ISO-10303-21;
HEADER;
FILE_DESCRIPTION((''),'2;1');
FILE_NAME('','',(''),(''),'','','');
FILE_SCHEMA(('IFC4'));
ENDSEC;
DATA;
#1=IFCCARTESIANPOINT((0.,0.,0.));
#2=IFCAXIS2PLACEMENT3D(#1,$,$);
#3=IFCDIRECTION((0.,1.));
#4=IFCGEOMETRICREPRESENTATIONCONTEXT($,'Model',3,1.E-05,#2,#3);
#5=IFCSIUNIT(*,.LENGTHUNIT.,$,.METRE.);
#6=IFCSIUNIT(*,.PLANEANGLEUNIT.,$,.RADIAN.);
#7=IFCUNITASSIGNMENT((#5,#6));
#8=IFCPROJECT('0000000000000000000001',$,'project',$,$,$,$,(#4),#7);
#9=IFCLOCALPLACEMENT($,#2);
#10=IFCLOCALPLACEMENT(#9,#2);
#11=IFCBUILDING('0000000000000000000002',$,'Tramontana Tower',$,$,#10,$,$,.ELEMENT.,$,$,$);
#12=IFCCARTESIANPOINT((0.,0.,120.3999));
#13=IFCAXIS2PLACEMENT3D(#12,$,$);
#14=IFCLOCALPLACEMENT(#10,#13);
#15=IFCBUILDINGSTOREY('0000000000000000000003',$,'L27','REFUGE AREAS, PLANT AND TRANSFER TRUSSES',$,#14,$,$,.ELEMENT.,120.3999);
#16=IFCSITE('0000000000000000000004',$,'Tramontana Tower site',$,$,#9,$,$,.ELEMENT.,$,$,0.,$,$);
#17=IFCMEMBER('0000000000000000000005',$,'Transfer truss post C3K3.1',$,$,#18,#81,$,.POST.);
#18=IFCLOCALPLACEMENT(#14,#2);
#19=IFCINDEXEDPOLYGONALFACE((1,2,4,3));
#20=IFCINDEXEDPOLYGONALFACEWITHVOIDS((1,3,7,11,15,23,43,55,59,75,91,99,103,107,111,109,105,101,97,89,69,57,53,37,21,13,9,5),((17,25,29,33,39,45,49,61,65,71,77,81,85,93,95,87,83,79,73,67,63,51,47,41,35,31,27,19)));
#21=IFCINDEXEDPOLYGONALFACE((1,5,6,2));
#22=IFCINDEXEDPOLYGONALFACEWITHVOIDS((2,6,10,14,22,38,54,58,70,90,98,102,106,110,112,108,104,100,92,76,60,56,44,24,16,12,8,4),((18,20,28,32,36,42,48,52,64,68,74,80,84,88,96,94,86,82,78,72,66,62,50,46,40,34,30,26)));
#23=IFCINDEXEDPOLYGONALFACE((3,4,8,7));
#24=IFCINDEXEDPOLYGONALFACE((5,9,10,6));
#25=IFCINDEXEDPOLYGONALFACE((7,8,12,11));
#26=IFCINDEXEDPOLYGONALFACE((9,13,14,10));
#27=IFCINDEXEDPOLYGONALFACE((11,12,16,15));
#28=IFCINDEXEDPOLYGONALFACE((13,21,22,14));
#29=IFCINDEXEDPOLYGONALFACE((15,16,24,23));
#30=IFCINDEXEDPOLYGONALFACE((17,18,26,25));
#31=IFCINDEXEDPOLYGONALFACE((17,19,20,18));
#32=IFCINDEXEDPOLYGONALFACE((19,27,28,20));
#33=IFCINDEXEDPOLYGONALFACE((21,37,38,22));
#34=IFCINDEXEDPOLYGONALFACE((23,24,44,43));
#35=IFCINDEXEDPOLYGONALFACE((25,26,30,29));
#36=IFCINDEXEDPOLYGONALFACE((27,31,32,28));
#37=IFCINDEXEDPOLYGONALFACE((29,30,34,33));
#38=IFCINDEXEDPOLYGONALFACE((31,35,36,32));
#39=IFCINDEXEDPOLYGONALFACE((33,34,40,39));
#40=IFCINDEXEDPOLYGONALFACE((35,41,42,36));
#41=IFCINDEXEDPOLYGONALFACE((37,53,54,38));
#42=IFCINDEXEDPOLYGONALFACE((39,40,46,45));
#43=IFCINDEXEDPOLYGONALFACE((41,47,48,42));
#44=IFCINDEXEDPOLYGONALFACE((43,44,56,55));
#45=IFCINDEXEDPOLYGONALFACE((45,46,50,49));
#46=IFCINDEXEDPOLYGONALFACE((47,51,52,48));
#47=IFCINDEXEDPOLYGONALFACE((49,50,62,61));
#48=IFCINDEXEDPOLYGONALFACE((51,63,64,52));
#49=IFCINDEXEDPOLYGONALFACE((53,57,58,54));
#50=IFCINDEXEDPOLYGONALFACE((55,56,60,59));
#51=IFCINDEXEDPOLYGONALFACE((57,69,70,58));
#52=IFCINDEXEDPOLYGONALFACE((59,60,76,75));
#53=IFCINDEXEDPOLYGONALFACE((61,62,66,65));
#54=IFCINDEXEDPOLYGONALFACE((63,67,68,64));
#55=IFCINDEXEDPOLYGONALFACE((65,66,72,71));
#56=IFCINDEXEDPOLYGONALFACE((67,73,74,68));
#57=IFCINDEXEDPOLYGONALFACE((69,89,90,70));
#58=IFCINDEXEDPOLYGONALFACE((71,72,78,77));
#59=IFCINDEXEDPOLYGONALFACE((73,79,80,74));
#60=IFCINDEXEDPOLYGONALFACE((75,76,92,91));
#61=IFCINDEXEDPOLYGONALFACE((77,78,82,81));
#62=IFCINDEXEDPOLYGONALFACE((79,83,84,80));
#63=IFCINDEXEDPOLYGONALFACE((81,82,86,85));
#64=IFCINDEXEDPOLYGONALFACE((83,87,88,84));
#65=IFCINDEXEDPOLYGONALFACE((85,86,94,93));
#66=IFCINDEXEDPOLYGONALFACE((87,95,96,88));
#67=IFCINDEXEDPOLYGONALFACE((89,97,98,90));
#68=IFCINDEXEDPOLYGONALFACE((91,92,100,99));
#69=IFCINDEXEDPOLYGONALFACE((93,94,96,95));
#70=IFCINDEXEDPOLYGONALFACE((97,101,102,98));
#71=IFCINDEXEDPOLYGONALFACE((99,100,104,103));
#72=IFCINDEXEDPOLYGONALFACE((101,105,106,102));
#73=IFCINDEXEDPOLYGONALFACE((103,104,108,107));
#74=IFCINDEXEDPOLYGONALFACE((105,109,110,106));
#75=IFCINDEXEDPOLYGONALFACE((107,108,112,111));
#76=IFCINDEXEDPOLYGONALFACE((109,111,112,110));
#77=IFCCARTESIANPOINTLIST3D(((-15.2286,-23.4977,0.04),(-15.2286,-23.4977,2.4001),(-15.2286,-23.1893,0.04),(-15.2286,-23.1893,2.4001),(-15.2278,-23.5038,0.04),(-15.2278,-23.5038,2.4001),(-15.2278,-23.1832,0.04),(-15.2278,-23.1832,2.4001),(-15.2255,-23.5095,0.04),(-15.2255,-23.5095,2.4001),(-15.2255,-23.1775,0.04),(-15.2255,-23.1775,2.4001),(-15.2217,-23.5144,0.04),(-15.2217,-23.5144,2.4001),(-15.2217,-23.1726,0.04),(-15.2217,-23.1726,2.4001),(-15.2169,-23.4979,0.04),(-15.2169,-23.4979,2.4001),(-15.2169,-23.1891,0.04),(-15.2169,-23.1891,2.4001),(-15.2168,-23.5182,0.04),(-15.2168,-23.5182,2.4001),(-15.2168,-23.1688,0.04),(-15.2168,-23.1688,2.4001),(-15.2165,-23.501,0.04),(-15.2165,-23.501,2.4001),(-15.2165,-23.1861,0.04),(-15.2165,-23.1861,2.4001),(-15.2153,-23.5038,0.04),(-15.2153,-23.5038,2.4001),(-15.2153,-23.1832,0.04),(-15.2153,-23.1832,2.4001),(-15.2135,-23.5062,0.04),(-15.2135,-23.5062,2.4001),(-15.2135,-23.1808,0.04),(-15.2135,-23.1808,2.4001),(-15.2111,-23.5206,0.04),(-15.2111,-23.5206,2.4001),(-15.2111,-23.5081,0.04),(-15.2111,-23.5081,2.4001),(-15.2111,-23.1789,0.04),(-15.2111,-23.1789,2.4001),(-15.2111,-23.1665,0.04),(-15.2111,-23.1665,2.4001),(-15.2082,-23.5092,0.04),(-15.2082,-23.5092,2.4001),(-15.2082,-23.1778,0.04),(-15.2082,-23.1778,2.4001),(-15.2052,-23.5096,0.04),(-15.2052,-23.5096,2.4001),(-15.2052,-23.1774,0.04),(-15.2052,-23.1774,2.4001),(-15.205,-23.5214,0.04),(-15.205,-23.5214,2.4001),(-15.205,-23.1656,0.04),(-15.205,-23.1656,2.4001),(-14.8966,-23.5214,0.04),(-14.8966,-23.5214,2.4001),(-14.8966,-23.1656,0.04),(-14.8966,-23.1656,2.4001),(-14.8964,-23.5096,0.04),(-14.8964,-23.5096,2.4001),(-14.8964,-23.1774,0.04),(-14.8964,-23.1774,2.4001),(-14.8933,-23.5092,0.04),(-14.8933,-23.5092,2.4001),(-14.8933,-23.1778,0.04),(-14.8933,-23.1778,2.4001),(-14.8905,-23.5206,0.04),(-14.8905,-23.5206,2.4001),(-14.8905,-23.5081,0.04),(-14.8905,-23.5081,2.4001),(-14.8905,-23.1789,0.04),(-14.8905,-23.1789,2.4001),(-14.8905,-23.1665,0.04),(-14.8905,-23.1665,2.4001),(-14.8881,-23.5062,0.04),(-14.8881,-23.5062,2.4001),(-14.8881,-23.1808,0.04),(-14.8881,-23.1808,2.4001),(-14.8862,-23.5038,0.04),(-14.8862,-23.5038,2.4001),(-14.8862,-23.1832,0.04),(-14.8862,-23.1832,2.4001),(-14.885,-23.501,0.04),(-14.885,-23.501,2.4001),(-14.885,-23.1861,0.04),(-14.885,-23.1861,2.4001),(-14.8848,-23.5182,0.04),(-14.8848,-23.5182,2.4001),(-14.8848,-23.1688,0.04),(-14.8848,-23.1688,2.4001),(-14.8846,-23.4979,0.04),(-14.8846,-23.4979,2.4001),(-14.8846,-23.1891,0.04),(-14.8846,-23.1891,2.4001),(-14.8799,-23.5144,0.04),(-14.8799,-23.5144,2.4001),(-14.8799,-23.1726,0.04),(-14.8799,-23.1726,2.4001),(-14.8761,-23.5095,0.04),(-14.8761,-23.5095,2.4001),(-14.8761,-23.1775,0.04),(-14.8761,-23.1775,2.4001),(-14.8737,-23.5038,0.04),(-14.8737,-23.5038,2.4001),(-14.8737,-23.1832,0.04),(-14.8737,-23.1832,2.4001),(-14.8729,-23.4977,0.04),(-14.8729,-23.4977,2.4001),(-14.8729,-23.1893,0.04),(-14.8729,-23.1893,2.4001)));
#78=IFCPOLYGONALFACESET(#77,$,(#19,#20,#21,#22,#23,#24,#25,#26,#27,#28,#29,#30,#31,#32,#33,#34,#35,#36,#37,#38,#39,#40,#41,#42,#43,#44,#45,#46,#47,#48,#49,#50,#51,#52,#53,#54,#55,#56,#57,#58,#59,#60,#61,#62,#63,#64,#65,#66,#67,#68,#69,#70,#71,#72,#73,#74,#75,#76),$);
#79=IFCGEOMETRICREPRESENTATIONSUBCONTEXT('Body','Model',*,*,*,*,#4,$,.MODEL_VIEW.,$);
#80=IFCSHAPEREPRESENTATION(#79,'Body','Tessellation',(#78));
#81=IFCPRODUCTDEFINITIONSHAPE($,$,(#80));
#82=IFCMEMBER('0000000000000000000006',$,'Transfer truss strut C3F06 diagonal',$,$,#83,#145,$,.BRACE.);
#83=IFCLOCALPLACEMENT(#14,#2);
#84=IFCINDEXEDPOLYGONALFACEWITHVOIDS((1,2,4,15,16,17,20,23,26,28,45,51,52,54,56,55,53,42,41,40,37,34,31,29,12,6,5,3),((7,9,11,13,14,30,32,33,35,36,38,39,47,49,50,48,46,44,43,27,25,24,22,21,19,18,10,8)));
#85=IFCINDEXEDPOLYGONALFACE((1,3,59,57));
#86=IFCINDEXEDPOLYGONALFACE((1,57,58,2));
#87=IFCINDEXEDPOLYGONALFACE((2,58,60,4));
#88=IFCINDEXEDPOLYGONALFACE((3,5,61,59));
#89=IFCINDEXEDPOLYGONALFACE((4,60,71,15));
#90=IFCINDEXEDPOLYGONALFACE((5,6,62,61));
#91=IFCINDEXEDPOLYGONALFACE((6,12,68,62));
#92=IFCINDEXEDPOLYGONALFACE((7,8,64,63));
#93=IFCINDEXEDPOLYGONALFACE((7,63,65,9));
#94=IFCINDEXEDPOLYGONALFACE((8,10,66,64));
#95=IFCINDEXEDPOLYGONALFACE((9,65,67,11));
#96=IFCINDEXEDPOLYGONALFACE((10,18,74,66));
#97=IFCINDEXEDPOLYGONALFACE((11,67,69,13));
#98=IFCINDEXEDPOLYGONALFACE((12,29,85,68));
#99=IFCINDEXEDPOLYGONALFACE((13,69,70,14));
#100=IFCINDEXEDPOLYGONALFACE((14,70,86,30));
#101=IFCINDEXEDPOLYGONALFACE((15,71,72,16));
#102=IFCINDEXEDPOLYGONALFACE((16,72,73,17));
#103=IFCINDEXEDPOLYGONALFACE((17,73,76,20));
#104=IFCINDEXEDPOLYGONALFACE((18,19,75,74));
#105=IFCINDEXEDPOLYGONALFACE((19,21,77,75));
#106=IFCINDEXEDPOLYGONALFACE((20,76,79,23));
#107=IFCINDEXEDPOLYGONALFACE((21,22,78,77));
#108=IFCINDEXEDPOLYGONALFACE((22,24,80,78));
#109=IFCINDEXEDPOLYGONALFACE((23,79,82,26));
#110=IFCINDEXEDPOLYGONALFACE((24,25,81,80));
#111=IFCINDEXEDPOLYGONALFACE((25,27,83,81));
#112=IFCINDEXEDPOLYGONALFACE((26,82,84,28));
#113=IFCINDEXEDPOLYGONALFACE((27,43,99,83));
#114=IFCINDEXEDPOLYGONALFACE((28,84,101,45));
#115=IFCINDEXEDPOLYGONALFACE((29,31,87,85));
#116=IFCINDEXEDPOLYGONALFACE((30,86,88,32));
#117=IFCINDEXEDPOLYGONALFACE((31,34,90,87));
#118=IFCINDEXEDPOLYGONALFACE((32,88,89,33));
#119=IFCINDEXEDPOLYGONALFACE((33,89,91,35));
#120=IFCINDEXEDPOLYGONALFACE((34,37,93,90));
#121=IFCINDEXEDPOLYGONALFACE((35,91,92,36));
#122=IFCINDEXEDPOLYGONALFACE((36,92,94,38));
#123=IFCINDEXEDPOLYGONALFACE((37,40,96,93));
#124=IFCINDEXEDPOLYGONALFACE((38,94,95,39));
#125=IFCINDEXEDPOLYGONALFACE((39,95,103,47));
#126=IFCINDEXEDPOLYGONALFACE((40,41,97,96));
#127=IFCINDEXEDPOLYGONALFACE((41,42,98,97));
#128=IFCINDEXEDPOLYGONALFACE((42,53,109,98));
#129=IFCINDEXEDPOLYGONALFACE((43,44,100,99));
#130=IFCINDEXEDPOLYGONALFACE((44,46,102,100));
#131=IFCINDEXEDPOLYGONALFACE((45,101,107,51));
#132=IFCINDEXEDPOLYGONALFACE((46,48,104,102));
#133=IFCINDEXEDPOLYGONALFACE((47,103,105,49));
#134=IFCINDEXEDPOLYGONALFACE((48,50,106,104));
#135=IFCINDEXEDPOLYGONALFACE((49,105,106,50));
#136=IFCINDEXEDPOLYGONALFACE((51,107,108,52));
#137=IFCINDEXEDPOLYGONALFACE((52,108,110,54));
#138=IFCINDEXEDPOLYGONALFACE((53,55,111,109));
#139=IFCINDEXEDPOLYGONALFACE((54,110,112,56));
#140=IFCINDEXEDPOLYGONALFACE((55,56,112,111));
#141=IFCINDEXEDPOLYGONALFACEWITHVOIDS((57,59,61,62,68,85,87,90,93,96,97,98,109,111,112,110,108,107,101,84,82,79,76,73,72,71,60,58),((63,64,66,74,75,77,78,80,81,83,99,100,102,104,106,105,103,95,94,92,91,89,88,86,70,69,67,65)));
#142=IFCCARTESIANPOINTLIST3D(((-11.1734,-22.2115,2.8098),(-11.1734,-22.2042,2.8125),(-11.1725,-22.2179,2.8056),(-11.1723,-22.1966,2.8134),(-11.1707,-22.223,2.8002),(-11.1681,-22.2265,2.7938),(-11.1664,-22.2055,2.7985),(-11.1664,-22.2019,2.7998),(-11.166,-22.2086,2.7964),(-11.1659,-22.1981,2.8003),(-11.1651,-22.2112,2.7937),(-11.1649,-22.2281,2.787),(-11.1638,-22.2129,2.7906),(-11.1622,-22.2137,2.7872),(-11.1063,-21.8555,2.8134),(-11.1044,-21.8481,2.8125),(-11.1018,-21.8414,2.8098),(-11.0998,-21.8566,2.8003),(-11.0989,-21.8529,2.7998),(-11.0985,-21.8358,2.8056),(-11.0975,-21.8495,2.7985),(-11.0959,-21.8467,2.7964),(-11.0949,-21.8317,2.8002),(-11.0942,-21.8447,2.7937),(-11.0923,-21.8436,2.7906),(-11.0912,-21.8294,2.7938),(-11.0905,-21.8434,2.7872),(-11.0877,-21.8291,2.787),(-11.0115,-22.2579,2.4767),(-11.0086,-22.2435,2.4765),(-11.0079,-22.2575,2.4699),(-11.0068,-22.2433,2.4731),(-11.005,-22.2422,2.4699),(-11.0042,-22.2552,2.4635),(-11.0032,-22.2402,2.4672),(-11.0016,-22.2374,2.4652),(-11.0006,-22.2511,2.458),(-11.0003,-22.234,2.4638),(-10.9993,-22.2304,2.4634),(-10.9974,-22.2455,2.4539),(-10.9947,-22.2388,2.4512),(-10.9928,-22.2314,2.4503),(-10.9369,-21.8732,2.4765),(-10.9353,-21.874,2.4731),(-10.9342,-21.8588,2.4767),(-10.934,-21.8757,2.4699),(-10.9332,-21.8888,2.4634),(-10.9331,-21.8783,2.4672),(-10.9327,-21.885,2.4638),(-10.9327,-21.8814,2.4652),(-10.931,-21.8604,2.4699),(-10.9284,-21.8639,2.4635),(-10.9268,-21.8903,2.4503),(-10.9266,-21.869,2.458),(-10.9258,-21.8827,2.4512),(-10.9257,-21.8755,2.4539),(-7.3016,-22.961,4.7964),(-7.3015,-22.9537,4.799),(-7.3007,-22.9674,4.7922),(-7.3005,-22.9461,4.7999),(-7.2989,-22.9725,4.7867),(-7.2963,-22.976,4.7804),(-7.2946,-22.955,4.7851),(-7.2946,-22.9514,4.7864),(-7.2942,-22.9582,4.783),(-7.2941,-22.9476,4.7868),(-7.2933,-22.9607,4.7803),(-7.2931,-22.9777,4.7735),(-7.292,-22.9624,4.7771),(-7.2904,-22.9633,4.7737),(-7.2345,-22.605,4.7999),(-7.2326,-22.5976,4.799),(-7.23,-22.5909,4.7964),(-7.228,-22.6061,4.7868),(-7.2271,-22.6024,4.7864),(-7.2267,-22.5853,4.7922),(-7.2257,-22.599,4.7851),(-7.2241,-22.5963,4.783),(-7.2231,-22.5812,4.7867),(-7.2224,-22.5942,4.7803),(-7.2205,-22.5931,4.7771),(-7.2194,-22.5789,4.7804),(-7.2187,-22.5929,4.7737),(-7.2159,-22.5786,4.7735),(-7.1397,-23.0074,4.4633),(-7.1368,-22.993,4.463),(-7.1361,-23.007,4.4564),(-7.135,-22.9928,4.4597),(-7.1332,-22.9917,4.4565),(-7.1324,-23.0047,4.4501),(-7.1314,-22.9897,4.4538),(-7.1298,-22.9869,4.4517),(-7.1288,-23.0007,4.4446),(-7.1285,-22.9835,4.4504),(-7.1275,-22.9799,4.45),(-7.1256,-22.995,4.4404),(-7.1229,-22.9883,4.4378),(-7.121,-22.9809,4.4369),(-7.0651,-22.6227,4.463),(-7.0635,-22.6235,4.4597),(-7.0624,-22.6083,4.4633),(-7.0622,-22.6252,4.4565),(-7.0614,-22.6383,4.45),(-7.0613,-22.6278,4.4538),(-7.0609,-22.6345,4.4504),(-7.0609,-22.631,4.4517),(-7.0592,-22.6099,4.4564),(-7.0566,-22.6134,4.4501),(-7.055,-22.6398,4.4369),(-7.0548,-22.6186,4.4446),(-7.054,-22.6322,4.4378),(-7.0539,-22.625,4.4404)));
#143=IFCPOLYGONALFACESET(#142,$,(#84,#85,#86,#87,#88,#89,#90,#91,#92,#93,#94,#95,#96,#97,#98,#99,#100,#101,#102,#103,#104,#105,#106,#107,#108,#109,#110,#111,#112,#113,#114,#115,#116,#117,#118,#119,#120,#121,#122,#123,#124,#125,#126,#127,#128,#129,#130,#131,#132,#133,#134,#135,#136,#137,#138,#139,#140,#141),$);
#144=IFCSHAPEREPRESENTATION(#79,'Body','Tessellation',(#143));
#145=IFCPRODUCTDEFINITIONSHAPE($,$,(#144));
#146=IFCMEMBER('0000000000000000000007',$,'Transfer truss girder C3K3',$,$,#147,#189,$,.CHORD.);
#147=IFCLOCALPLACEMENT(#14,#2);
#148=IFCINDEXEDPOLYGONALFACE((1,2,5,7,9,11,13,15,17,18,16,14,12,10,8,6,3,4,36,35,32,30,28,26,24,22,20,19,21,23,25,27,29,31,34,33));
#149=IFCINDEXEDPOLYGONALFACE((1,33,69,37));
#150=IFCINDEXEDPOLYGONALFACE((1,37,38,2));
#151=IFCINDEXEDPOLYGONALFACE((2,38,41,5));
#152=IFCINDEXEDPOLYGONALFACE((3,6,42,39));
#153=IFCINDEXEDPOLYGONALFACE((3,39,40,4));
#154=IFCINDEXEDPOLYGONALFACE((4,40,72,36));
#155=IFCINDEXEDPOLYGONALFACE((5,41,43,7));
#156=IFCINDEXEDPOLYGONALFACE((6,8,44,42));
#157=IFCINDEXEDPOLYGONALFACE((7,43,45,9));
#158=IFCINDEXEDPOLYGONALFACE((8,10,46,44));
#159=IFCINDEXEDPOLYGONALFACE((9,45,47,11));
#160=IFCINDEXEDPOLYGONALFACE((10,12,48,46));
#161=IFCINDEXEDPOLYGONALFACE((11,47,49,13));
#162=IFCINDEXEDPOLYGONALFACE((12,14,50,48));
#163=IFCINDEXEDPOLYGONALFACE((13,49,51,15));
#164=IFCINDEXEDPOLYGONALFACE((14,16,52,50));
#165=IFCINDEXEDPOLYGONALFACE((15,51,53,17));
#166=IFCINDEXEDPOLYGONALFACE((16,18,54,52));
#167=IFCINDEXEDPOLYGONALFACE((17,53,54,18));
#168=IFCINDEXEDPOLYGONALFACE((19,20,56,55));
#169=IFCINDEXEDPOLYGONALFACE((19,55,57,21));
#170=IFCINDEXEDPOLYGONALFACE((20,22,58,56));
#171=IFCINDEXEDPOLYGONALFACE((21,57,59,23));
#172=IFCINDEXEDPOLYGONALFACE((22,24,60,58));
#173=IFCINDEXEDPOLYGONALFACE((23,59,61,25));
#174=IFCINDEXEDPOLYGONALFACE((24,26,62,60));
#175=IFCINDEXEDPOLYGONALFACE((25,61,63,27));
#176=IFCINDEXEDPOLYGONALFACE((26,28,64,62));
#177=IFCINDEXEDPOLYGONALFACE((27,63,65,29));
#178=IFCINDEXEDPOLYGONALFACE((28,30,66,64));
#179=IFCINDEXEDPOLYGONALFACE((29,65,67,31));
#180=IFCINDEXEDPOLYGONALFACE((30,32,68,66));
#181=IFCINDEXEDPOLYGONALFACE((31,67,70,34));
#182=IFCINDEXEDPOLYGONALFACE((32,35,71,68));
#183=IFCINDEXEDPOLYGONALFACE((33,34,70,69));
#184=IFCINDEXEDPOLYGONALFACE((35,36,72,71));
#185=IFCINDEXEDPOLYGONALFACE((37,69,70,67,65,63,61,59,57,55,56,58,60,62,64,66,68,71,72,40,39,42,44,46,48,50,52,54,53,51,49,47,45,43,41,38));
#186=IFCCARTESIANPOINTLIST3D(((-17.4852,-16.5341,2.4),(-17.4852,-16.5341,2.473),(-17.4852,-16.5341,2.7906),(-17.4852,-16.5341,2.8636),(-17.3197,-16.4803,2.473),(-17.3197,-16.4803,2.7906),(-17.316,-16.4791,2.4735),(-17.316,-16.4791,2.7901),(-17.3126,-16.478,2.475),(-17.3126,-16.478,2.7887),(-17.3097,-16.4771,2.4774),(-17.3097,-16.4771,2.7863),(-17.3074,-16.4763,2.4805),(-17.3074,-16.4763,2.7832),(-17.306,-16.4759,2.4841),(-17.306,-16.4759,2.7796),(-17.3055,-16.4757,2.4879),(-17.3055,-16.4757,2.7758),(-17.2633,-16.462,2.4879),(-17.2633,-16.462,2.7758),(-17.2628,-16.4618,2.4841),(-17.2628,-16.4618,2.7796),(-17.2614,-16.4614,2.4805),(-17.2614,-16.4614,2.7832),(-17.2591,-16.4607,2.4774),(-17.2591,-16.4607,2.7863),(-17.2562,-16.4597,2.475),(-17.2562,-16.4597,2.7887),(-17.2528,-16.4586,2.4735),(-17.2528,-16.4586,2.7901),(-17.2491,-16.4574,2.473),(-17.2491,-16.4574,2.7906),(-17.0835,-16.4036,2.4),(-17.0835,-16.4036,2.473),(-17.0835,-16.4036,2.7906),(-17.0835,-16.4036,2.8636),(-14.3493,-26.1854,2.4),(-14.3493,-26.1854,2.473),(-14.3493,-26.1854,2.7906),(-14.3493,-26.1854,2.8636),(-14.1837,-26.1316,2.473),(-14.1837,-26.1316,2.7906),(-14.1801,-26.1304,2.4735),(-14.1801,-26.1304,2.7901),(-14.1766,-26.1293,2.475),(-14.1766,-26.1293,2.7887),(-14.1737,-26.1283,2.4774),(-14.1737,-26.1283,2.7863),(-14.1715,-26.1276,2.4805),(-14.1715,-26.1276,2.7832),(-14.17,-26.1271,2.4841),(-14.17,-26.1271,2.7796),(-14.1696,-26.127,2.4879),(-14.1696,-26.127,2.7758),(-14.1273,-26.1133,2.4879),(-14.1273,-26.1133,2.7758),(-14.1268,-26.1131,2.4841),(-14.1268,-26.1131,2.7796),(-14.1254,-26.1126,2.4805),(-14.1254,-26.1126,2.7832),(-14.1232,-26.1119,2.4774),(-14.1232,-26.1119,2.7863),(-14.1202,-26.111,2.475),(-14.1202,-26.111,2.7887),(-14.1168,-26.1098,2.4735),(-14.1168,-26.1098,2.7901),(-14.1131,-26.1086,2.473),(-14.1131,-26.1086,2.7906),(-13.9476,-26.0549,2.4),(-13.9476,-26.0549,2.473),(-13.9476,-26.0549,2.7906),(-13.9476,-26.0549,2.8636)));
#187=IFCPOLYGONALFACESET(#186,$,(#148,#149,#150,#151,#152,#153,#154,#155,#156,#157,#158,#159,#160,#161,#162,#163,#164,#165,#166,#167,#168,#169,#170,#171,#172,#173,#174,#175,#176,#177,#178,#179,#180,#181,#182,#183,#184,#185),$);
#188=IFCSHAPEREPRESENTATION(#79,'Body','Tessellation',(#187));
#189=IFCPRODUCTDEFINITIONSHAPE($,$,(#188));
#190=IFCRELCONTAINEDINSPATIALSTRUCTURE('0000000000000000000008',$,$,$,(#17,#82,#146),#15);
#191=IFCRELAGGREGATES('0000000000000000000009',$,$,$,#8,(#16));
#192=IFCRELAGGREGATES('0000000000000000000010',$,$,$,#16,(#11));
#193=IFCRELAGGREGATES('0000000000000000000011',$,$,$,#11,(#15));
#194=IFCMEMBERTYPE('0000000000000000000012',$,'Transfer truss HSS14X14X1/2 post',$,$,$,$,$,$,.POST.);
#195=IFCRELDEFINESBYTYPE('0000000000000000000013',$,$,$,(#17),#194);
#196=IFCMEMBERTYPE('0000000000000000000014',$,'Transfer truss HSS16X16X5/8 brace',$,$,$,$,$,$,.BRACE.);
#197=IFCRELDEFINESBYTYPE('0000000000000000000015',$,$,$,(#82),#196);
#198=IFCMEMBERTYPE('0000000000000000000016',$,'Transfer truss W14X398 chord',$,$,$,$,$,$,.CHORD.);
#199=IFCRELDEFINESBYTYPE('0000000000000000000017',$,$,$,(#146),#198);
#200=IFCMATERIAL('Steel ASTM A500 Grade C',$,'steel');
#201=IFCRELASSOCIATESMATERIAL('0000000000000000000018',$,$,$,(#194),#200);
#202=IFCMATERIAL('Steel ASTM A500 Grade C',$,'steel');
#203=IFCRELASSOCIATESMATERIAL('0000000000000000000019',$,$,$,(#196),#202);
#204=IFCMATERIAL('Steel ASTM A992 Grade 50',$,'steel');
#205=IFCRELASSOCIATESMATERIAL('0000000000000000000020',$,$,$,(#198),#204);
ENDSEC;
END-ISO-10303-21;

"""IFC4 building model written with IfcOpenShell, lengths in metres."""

from ifc_helpers import new_model, si_unit, direction, frame, origin, origin_2d, place, context, subcontext, project, spatial, hollow_rectangle, i_section, extrude, material, material_profile, profile_set, type_object, element, save


model = new_model("IFC4")

# Units and contexts
model_context = context("Model", 3, precision=1e-05, world=origin(), true_north=direction((0.0, 1.0)))
body_context = subcontext(model_context, "Body", "Model", "MODEL_VIEW")
ifc_project = project(units=[si_unit("LENGTHUNIT", "METRE"), si_unit("PLANEANGLEUNIT", "RADIAN")], contexts=[model_context])

# Site, building, storey
site_placement = place(None, origin())
site = spatial("IfcSite", under=ifc_project, at=site_placement, Name="Tramontana Tower site", CompositionType="ELEMENT", RefElevation=0.0)
building_placement = place(site_placement, origin())
building = spatial("IfcBuilding", under=site, at=building_placement, Name="Tramontana Tower", CompositionType="ELEMENT")
storey_placement = place(building_placement, frame((0.0, 0.0, 120.3999)))
storey = spatial("IfcBuildingStorey", under=building, at=storey_placement, Name="L27", Description="REFUGE AREAS, PLANT AND TRANSFER TRUSSES", CompositionType="ELEMENT", Elevation=120.3999)

# Members
ifc_material_1 = material(Name="Steel ASTM A500 Grade C", Category="steel")
ifc_material_profile_1 = material_profile(ifc_material_1, hollow_rectangle(XDim=0.3557, YDim=0.3557, WallThickness=0.0117, InnerFilletRadius=0.0117, OuterFilletRadius=0.0237, at=origin_2d()), Name="HSS14X14X1/2")
ifc_profile_set_1 = profile_set([ifc_material_profile_1], Name="Steel ASTM A500 Grade C")
member_type_1 = type_object("IfcMemberType", Name="Transfer truss HSS14X14X1/2 post", PredefinedType="POST", material=ifc_profile_set_1)
member_1_placement = place(storey_placement, frame((-15.0508, -23.3435, 0.04), z_axis=(0.0, 0.0, 1.0), x_axis=(1.0, 0.0, 0.0)))
element("IfcMember", 1, at=member_1_placement, inside=storey, type_object=member_type_1, Name="Transfer truss post C3K3.1", PredefinedType="POST", context=body_context, shape_type="SweptSolid", body=[
    extrude(hollow_rectangle(XDim=0.3557, YDim=0.3557, WallThickness=0.0117, InnerFilletRadius=0.0117, OuterFilletRadius=0.0237, at=origin_2d()), origin(), (0.0, 0.0, 1.0), 2.3601),
])
ifc_material_2 = material(Name="Steel ASTM A500 Grade C", Category="steel")
ifc_material_profile_2 = material_profile(ifc_material_2, hollow_rectangle(XDim=0.4065, YDim=0.4065, WallThickness=0.0146, InnerFilletRadius=0.0146, OuterFilletRadius=0.0295, at=origin_2d()), Name="HSS16X16X5/8")
ifc_profile_set_2 = profile_set([ifc_material_profile_2], Name="Steel ASTM A500 Grade C")
member_type_2 = type_object("IfcMemberType", Name="Transfer truss HSS16X16X5/8 brace", PredefinedType="BRACE", material=ifc_profile_set_2)
member_2_placement = place(storey_placement, frame((-11.0496, -22.0435, 2.6318), z_axis=(0.876812, -0.169734, 0.449878), x_axis=(0.190053, 0.981774, 0.0)))
element("IfcMember", 2, at=member_2_placement, inside=storey, type_object=member_type_2, Name="Transfer truss strut C3F06 diagonal", PredefinedType="BRACE", context=body_context, shape_type="SweptSolid", body=[
    extrude(hollow_rectangle(XDim=0.4065, YDim=0.4065, WallThickness=0.0146, InnerFilletRadius=0.0146, OuterFilletRadius=0.0295, at=origin_2d()), origin(), (0.0, 0.0, 1.0), 4.4158),
])
ifc_material_3 = material(Name="Steel ASTM A992 Grade 50", Category="steel")
ifc_material_profile_3 = material_profile(ifc_material_3, i_section(OverallWidth=0.4224, OverallDepth=0.4636, WebThickness=0.0444, FlangeThickness=0.073, FilletRadius=0.0149, at=origin_2d()), Name="W14X398")
ifc_profile_set_3 = profile_set([ifc_material_profile_3], Name="Steel ASTM A992 Grade 50")
member_type_3 = type_object("IfcMemberType", Name="Transfer truss W14X398 chord", PredefinedType="CHORD", material=ifc_profile_set_3)
member_3_placement = place(storey_placement, frame((-14.1484, -26.1201, 2.6318), z_axis=(-0.309023, 0.951055, 0.0), x_axis=(-0.951055, -0.309023, 0.0)))
element("IfcMember", 3, at=member_3_placement, inside=storey, type_object=member_type_3, Name="Transfer truss girder C3K3", PredefinedType="CHORD", context=body_context, shape_type="SweptSolid", body=[
    extrude(i_section(OverallWidth=0.4224, OverallDepth=0.4636, WebThickness=0.0444, FlangeThickness=0.073, FilletRadius=0.0149, at=origin_2d()), origin(), (0.0, 0.0, 1.0), 10.1479),
])

save(model, "model.ifc")
